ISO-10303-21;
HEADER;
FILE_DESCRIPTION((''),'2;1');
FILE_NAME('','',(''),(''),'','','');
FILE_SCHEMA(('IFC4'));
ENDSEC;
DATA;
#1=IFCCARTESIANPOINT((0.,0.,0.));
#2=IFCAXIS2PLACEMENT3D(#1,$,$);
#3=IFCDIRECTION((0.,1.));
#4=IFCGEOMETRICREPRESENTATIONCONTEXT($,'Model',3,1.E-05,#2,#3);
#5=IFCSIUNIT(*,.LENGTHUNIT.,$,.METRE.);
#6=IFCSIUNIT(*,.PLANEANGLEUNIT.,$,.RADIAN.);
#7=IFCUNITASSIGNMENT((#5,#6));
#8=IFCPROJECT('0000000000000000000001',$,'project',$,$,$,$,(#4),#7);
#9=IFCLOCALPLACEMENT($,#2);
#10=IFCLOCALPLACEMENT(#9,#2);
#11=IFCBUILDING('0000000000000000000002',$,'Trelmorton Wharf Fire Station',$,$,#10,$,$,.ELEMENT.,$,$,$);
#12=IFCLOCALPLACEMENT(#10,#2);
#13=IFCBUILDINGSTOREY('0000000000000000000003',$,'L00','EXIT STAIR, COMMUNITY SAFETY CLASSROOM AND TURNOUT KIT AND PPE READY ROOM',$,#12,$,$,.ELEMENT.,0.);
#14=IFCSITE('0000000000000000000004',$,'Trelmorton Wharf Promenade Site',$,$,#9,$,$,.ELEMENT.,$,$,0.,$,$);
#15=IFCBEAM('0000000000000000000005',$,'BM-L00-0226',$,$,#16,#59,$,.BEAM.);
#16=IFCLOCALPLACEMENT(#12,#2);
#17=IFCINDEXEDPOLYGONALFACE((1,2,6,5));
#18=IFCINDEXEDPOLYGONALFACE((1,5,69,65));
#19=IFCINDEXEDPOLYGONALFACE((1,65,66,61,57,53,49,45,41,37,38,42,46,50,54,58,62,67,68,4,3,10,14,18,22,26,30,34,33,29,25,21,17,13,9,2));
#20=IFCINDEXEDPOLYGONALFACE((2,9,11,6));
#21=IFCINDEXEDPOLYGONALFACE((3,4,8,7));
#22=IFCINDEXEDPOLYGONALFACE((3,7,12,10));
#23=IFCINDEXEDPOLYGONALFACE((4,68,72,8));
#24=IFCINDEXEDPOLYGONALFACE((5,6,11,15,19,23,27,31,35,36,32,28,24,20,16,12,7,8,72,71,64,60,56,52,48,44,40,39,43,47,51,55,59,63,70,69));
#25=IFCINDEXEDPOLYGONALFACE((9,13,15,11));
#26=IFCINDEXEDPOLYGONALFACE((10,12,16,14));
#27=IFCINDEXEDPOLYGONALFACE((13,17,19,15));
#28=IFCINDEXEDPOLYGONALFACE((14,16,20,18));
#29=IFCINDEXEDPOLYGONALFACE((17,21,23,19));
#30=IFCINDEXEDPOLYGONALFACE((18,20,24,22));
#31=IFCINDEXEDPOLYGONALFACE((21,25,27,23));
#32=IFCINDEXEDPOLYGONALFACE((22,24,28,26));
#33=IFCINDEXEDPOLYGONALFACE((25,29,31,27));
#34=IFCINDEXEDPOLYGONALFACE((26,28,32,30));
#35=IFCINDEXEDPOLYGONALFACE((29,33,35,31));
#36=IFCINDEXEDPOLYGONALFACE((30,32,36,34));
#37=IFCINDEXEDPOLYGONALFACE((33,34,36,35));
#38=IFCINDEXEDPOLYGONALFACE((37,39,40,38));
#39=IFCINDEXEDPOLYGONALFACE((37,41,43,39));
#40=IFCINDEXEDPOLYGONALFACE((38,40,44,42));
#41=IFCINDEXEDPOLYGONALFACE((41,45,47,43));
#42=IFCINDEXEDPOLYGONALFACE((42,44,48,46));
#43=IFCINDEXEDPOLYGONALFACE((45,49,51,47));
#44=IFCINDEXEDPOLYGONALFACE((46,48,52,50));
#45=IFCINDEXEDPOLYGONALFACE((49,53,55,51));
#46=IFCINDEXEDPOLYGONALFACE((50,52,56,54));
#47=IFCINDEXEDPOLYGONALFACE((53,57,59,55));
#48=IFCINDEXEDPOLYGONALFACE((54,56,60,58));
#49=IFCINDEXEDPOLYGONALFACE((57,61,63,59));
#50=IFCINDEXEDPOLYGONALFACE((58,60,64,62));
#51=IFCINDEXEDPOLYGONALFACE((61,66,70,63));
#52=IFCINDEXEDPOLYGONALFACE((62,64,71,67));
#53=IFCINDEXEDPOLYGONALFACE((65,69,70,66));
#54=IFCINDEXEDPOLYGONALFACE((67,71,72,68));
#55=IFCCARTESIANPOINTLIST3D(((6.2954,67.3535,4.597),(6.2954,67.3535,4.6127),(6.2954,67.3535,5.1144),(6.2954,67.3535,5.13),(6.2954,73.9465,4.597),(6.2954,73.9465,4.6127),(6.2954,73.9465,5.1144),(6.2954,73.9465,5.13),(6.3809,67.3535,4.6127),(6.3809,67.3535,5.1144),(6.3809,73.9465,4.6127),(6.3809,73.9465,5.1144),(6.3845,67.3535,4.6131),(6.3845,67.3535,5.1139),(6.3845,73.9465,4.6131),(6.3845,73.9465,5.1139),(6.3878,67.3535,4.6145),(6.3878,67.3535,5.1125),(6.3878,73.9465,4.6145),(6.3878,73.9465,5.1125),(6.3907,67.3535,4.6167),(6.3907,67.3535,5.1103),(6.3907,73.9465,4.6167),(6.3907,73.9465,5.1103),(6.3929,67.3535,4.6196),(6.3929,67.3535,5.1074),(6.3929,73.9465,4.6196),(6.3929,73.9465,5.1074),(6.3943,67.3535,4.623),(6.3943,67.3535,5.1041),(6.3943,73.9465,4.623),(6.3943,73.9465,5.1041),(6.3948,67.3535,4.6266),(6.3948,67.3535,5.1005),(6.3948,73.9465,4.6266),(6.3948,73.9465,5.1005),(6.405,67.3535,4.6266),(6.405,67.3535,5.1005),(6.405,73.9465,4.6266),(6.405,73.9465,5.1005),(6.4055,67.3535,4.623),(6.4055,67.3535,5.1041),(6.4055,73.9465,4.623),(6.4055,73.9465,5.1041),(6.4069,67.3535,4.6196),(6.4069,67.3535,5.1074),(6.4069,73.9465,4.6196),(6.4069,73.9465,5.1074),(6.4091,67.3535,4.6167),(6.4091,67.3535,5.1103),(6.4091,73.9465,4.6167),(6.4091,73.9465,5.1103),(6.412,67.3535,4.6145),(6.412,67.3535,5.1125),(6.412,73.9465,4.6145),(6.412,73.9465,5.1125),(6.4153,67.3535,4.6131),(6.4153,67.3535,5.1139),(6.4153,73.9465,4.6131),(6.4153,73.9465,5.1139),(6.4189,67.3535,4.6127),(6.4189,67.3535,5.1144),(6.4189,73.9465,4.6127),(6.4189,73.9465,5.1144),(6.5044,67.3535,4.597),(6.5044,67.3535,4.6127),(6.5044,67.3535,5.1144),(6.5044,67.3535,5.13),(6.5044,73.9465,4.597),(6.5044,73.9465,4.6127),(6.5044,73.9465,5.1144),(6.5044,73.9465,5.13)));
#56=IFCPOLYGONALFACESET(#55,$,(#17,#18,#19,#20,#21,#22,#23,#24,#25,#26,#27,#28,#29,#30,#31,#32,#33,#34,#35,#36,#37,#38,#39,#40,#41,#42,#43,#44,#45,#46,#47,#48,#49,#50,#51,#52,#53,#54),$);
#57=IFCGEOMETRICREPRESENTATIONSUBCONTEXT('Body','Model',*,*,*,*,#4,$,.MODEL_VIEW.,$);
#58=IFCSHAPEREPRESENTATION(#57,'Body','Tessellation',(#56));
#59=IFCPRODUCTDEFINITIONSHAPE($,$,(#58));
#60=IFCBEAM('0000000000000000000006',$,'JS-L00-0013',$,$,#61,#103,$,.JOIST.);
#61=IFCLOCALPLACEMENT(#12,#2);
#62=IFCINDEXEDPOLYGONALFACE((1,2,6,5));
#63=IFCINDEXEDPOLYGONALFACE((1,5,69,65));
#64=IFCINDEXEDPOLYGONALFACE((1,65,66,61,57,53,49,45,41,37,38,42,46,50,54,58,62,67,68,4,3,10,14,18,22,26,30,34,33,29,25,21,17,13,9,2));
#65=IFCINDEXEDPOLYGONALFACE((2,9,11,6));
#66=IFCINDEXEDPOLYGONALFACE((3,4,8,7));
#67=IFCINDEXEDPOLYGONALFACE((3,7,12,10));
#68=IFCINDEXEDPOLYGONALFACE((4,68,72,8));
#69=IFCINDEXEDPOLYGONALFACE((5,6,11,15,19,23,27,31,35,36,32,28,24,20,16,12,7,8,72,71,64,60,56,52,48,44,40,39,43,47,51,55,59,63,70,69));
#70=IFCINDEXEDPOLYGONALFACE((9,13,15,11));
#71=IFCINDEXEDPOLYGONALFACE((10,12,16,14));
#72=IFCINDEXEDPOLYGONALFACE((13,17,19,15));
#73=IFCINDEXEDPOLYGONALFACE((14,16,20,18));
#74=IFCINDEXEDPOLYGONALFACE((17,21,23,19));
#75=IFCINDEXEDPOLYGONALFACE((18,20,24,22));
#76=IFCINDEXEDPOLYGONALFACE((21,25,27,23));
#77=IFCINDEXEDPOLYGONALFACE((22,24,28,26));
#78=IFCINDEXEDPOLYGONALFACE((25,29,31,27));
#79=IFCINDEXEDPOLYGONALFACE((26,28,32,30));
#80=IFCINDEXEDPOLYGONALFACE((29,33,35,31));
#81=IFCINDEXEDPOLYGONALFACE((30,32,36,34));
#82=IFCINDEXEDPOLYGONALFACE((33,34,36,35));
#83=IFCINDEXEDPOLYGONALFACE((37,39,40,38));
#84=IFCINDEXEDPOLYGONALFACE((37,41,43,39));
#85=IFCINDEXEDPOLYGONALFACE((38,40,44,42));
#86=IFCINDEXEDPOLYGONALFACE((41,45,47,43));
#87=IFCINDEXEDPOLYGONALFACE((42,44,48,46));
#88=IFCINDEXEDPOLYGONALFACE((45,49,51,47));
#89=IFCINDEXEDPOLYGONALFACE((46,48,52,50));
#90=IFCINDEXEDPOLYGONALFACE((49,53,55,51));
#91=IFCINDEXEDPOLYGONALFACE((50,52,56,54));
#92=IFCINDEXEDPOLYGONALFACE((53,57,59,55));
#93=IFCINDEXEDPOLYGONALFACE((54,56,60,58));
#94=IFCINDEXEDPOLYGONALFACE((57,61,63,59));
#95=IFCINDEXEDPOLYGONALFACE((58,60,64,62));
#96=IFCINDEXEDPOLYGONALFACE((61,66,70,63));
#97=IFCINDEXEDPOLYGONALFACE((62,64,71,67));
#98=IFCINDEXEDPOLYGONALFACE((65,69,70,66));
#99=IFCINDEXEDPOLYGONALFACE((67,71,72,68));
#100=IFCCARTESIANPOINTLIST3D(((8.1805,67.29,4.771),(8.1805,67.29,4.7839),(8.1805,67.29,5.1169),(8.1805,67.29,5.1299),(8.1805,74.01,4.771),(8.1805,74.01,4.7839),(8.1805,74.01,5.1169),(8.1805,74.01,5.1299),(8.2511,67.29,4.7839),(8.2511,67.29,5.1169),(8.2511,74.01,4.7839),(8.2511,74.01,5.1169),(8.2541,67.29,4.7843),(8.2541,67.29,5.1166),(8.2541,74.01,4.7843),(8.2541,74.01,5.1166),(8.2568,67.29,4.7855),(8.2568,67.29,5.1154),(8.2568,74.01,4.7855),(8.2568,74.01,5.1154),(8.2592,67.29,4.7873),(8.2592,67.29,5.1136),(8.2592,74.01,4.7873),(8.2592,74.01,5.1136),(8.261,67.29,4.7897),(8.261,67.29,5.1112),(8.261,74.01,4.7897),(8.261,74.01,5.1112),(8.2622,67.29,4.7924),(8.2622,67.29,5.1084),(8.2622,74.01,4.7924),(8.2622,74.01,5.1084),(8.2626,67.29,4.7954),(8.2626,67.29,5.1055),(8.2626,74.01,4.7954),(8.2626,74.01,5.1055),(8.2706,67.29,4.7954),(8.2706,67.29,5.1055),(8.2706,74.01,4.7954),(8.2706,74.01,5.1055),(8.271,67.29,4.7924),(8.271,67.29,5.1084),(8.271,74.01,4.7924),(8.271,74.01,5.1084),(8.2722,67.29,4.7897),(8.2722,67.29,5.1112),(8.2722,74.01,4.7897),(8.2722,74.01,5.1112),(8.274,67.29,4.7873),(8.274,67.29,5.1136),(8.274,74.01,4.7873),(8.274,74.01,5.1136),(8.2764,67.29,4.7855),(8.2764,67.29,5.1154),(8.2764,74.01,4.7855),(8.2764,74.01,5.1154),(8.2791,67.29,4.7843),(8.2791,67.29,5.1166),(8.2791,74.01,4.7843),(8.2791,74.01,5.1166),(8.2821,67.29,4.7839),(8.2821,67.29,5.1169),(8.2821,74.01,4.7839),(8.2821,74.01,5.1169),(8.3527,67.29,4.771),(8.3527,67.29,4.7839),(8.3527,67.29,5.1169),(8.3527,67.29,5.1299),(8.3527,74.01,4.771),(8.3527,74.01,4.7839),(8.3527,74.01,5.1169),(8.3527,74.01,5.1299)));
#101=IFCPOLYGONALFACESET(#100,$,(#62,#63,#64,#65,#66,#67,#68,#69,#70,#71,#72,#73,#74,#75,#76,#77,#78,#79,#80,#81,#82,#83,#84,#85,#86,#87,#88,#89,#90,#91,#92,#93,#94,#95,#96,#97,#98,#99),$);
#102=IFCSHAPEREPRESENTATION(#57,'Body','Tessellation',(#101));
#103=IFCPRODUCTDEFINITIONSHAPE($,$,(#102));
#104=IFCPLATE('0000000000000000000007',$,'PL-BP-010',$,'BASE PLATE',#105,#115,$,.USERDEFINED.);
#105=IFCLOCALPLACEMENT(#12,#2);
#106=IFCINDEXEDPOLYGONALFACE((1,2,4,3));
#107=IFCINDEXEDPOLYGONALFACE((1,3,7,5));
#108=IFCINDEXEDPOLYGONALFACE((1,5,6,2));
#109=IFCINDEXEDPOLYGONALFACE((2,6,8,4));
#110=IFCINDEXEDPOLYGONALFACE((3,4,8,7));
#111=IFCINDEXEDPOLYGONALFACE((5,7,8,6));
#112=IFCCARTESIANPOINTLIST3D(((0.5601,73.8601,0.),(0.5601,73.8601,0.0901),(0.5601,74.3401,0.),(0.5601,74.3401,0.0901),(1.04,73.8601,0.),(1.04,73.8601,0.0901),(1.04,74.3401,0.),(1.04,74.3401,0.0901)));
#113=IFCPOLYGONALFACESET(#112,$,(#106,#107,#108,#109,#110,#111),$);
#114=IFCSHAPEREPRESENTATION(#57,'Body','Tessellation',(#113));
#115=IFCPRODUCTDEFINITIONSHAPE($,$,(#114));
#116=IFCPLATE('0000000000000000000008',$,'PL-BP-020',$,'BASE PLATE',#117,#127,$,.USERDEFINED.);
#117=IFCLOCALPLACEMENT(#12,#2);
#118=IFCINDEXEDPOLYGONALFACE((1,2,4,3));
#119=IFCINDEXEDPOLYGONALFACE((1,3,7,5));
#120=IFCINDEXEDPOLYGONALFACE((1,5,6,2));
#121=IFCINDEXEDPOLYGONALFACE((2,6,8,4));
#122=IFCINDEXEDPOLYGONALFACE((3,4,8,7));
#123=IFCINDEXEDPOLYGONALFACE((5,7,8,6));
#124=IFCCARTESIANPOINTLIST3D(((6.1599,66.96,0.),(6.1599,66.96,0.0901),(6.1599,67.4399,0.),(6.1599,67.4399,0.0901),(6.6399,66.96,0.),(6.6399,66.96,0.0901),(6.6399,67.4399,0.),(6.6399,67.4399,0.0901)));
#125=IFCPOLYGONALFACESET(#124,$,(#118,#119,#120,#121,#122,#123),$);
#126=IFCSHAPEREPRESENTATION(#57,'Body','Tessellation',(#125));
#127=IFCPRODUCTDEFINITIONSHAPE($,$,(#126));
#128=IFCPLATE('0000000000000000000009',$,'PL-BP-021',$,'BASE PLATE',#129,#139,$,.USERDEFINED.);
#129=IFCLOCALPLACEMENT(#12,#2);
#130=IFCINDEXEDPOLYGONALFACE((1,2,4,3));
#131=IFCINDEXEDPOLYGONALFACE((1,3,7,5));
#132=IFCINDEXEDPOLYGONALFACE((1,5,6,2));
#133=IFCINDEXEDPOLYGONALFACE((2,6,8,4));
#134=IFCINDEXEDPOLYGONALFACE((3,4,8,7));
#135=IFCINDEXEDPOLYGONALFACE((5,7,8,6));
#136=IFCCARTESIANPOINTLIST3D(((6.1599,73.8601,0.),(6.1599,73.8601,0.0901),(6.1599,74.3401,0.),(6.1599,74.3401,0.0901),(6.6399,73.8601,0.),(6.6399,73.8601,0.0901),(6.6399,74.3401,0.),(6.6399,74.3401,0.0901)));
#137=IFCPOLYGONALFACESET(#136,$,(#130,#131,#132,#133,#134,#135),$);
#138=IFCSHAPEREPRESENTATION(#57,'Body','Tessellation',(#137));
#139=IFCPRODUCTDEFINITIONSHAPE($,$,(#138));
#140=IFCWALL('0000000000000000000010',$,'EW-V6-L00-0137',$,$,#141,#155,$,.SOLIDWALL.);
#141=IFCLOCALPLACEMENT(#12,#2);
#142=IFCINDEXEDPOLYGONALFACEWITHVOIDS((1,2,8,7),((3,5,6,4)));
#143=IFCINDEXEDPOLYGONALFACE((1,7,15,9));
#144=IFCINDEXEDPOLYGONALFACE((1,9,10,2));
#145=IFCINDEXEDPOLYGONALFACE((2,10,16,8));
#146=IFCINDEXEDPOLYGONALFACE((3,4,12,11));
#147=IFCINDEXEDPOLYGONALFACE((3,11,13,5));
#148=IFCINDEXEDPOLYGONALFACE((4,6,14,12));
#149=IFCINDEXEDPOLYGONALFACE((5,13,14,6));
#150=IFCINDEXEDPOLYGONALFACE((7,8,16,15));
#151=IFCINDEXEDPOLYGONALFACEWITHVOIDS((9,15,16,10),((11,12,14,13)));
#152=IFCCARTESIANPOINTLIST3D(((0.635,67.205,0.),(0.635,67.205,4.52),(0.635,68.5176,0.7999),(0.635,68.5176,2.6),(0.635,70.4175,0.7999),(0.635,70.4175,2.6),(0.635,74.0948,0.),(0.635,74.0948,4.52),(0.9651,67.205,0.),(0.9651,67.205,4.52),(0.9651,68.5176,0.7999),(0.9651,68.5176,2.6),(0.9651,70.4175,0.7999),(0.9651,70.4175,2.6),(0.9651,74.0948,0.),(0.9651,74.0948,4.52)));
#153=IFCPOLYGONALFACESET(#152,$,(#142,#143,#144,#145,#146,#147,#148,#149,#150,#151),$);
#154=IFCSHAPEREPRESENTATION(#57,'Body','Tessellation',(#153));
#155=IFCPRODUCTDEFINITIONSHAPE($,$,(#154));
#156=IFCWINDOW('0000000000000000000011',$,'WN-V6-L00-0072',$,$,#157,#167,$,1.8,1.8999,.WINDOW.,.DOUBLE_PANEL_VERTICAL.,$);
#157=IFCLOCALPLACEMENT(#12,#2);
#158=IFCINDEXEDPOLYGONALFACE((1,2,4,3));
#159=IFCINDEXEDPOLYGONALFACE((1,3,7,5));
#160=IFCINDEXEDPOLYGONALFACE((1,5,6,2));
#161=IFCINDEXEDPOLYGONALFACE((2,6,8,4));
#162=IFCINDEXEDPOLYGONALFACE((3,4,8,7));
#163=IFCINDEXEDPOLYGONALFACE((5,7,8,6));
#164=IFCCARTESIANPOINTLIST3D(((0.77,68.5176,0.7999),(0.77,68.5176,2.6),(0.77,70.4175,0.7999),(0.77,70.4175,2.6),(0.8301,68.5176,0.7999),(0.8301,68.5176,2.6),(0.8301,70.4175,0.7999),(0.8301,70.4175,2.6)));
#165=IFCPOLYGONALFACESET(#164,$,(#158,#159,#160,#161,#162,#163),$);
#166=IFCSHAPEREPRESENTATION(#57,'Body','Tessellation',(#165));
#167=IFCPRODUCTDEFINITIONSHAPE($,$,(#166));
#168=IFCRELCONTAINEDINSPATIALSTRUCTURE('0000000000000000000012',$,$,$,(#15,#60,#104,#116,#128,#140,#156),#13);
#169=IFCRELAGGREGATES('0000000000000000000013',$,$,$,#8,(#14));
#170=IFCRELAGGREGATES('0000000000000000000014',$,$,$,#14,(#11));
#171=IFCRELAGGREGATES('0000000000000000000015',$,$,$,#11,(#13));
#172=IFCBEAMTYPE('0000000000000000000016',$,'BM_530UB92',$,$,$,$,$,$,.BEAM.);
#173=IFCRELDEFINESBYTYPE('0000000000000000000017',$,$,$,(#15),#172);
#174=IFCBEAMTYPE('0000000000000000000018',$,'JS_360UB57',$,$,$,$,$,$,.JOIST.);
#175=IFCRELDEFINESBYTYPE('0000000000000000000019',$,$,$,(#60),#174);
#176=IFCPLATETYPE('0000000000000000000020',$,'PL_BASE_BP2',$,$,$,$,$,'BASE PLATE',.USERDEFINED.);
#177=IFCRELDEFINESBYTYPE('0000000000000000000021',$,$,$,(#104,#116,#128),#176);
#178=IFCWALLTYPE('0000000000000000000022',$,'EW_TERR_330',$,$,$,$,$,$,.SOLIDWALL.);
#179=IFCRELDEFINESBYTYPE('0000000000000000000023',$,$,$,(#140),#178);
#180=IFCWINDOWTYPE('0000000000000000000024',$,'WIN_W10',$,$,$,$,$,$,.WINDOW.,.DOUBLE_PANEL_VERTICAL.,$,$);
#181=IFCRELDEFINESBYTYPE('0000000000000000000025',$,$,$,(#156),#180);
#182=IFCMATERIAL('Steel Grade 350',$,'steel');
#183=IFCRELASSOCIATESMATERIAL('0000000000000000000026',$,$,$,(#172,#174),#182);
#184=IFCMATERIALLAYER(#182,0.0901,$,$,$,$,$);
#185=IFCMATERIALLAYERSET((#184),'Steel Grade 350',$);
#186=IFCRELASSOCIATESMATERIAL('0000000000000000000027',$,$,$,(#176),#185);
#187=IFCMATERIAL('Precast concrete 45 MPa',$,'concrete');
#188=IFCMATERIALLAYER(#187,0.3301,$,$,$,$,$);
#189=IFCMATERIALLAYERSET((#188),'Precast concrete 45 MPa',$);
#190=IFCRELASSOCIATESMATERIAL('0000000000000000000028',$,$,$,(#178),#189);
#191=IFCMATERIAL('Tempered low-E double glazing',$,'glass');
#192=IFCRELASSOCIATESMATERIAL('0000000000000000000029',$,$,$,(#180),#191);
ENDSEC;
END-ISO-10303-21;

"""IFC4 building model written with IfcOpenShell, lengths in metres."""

from ifc_helpers import new_model, si_unit, direction, frame, frame_2d, origin, origin_2d, place, context, subcontext, project, spatial, rectangle, i_section, extrude, material, layer, layer_set, material_profile, profile_set, type_object, element, fill, save


model = new_model("IFC4")

# Units and contexts
model_context = context("Model", 3, precision=1e-05, world=origin(), true_north=direction((0.0, 1.0)))
body_context = subcontext(model_context, "Body", "Model", "MODEL_VIEW")
ifc_project = project(units=[si_unit("LENGTHUNIT", "METRE"), si_unit("PLANEANGLEUNIT", "RADIAN")], contexts=[model_context])

# Site, building, storey
site_placement = place(None, origin())
site = spatial("IfcSite", under=ifc_project, at=site_placement, Name="Trelmorton Wharf Promenade Site", CompositionType="ELEMENT", RefElevation=0.0)
building_placement = place(site_placement, origin())
building = spatial("IfcBuilding", under=site, at=building_placement, Name="Trelmorton Wharf Fire Station", CompositionType="ELEMENT")
storey_placement = place(building_placement, origin())
storey = spatial("IfcBuildingStorey", under=building, at=storey_placement, Name="L00", Description="EXIT STAIR, COMMUNITY SAFETY CLASSROOM AND TURNOUT KIT AND PPE READY ROOM", CompositionType="ELEMENT", Elevation=0.0)

# Shared definitions
ifc_material_1 = material(Name="Steel Grade 350", Category="steel")

# Beams
ifc_material_profile_1 = material_profile(ifc_material_1, i_section(OverallWidth=0.209, OverallDepth=0.533, WebThickness=0.0103, FlangeThickness=0.0156, FilletRadius=0.0139, at=origin_2d()), Name="530UB92.4")
ifc_profile_set_1 = profile_set([ifc_material_profile_1], Name="Steel Grade 350")
beam_type_1 = type_object("IfcBeamType", Name="BM_530UB92", PredefinedType="BEAM", material=ifc_profile_set_1)
for number, where, z_axis, x_axis, name in (
    (1, (6.3999, 67.3535, 4.8635), (0.0, 1.0, 0.0), (-1.0, 0.0, 0.0), "BM-L00-0226"),
):
    element("IfcBeam", number, at=place(storey_placement, frame(where, z_axis=z_axis, x_axis=x_axis)), inside=storey, type_object=beam_type_1, Name=name, PredefinedType="BEAM", context=body_context, shape_type="SweptSolid", body=[
        extrude(i_section(OverallWidth=0.209, OverallDepth=0.533, WebThickness=0.0103, FlangeThickness=0.0156, FilletRadius=0.0139, at=origin_2d()), origin(), (0.0, 0.0, 1.0), 6.593),
    ])
ifc_material_profile_2 = material_profile(ifc_material_1, i_section(OverallWidth=0.1721, OverallDepth=0.3589, WebThickness=0.0081, FlangeThickness=0.0129, FilletRadius=0.0115, at=origin_2d()), Name="360UB56.7")
ifc_profile_set_2 = profile_set([ifc_material_profile_2], Name="Steel Grade 350")
beam_type_2 = type_object("IfcBeamType", Name="JS_360UB57", PredefinedType="JOIST", material=ifc_profile_set_2)
beam_placement = place(storey_placement, frame((8.2666, 67.29, 4.9504), z_axis=(0.0, 1.0, 0.0), x_axis=(-1.0, 0.0, 0.0)))
element("IfcBeam", 2, at=beam_placement, inside=storey, type_object=beam_type_2, Name="JS-L00-0013", PredefinedType="JOIST", context=body_context, shape_type="SweptSolid", body=[
    extrude(i_section(OverallWidth=0.1721, OverallDepth=0.3589, WebThickness=0.0081, FlangeThickness=0.0129, FilletRadius=0.0115, at=origin_2d()), origin(), (0.0, 0.0, 1.0), 6.72),
])

# Plates
ifc_layer_1 = layer(ifc_material_1, 0.0901)
ifc_layer_set_1 = layer_set([ifc_layer_1], Name="Steel Grade 350")
plate_type = type_object("IfcPlateType", Name="PL_BASE_BP2", ElementType="BASE PLATE", PredefinedType="USERDEFINED", material=ifc_layer_set_1)
for number, where, z_axis, x_axis, name in (
    (3, (0.8, 74.1001, 0.0), (0.0, 0.0, 1.0), (1.0, 0.0, 0.0), "PL-BP-010"),
    (4, (6.3999, 67.2, 0.0), (0.0, 0.0, 1.0), (1.0, 0.0, 0.0), "PL-BP-020"),
    (5, (6.3999, 74.1001, 0.0), (0.0, 0.0, 1.0), (1.0, 0.0, 0.0), "PL-BP-021"),
):
    element("IfcPlate", number, at=place(storey_placement, frame(where, z_axis=z_axis, x_axis=x_axis)), inside=storey, type_object=plate_type, Name=name, ObjectType="BASE PLATE", PredefinedType="USERDEFINED", context=body_context, shape_type="SweptSolid", body=[
        extrude(rectangle(XDim=0.48, YDim=0.48, at=origin_2d()), origin(), (0.0, 0.0, 1.0), 0.0901),
    ])

# Wall, opening, window
ifc_material_2 = material(Name="Precast concrete 45 MPa", Category="concrete")
ifc_layer_2 = layer(ifc_material_2, 0.3301)
ifc_layer_set_2 = layer_set([ifc_layer_2], Name="Precast concrete 45 MPa")
wall_type_1 = type_object("IfcWallType", Name="EW_TERR_330", PredefinedType="SOLIDWALL", material=ifc_layer_set_2)
wall_1_placement = place(storey_placement, frame((0.8, 67.2051, 0.0), z_axis=(0.0, 0.0, 1.0), x_axis=(0.0, 1.0, 0.0)))
wall_1 = element("IfcWall", 6, at=wall_1_placement, inside=storey, type_object=wall_type_1, Name="EW-V6-L00-0137", PredefinedType="SOLIDWALL", context=body_context, shape_type="SweptSolid", body=[
    extrude(rectangle(XDim=6.8899, YDim=0.3301, at=frame_2d((3.4448, 0.0))), origin(), (0.0, 0.0, 1.0), 4.52),
])
opening_1_placement = place(wall_1_placement, frame((1.3125, 0.0, 0.8)))
opening_1 = element("IfcOpeningElement", 7, at=opening_1_placement, cuts=wall_1, PredefinedType="OPENING", context=body_context, shape_type="SweptSolid", body=[
    extrude(rectangle(XDim=1.8999, YDim=1.8, at=frame_2d((0.95, 0.8999))), frame((0.0, 0.175, 0.0), z_axis=(0.0, -1.0, 0.0), x_axis=(1.0, 0.0, 0.0)), (0.0, 0.0, 1.0), 0.3501),
])
ifc_material_3 = material(Name="Tempered low-E double glazing", Category="glass")
window_type = type_object("IfcWindowType", Name="WIN_W10", PartitioningType="DOUBLE_PANEL_VERTICAL", PredefinedType="WINDOW", material=ifc_material_3)
window_placement = place(opening_1_placement, origin())
window = element("IfcWindow", 8, at=window_placement, inside=storey, type_object=window_type, Name="WN-V6-L00-0072", OverallHeight=1.8, OverallWidth=1.8999, PartitioningType="DOUBLE_PANEL_VERTICAL", PredefinedType="WINDOW", context=body_context, shape_type="SweptSolid", body=[
    extrude(rectangle(XDim=1.8999, YDim=1.8, at=frame_2d((0.95, 0.8999))), frame((0.0, 0.03, 0.0), z_axis=(0.0, -1.0, 0.0), x_axis=(1.0, 0.0, 0.0)), (0.0, 0.0, 1.0), 0.0601),
])
fill(opening_1, window)

save(model, "model.ifc")
